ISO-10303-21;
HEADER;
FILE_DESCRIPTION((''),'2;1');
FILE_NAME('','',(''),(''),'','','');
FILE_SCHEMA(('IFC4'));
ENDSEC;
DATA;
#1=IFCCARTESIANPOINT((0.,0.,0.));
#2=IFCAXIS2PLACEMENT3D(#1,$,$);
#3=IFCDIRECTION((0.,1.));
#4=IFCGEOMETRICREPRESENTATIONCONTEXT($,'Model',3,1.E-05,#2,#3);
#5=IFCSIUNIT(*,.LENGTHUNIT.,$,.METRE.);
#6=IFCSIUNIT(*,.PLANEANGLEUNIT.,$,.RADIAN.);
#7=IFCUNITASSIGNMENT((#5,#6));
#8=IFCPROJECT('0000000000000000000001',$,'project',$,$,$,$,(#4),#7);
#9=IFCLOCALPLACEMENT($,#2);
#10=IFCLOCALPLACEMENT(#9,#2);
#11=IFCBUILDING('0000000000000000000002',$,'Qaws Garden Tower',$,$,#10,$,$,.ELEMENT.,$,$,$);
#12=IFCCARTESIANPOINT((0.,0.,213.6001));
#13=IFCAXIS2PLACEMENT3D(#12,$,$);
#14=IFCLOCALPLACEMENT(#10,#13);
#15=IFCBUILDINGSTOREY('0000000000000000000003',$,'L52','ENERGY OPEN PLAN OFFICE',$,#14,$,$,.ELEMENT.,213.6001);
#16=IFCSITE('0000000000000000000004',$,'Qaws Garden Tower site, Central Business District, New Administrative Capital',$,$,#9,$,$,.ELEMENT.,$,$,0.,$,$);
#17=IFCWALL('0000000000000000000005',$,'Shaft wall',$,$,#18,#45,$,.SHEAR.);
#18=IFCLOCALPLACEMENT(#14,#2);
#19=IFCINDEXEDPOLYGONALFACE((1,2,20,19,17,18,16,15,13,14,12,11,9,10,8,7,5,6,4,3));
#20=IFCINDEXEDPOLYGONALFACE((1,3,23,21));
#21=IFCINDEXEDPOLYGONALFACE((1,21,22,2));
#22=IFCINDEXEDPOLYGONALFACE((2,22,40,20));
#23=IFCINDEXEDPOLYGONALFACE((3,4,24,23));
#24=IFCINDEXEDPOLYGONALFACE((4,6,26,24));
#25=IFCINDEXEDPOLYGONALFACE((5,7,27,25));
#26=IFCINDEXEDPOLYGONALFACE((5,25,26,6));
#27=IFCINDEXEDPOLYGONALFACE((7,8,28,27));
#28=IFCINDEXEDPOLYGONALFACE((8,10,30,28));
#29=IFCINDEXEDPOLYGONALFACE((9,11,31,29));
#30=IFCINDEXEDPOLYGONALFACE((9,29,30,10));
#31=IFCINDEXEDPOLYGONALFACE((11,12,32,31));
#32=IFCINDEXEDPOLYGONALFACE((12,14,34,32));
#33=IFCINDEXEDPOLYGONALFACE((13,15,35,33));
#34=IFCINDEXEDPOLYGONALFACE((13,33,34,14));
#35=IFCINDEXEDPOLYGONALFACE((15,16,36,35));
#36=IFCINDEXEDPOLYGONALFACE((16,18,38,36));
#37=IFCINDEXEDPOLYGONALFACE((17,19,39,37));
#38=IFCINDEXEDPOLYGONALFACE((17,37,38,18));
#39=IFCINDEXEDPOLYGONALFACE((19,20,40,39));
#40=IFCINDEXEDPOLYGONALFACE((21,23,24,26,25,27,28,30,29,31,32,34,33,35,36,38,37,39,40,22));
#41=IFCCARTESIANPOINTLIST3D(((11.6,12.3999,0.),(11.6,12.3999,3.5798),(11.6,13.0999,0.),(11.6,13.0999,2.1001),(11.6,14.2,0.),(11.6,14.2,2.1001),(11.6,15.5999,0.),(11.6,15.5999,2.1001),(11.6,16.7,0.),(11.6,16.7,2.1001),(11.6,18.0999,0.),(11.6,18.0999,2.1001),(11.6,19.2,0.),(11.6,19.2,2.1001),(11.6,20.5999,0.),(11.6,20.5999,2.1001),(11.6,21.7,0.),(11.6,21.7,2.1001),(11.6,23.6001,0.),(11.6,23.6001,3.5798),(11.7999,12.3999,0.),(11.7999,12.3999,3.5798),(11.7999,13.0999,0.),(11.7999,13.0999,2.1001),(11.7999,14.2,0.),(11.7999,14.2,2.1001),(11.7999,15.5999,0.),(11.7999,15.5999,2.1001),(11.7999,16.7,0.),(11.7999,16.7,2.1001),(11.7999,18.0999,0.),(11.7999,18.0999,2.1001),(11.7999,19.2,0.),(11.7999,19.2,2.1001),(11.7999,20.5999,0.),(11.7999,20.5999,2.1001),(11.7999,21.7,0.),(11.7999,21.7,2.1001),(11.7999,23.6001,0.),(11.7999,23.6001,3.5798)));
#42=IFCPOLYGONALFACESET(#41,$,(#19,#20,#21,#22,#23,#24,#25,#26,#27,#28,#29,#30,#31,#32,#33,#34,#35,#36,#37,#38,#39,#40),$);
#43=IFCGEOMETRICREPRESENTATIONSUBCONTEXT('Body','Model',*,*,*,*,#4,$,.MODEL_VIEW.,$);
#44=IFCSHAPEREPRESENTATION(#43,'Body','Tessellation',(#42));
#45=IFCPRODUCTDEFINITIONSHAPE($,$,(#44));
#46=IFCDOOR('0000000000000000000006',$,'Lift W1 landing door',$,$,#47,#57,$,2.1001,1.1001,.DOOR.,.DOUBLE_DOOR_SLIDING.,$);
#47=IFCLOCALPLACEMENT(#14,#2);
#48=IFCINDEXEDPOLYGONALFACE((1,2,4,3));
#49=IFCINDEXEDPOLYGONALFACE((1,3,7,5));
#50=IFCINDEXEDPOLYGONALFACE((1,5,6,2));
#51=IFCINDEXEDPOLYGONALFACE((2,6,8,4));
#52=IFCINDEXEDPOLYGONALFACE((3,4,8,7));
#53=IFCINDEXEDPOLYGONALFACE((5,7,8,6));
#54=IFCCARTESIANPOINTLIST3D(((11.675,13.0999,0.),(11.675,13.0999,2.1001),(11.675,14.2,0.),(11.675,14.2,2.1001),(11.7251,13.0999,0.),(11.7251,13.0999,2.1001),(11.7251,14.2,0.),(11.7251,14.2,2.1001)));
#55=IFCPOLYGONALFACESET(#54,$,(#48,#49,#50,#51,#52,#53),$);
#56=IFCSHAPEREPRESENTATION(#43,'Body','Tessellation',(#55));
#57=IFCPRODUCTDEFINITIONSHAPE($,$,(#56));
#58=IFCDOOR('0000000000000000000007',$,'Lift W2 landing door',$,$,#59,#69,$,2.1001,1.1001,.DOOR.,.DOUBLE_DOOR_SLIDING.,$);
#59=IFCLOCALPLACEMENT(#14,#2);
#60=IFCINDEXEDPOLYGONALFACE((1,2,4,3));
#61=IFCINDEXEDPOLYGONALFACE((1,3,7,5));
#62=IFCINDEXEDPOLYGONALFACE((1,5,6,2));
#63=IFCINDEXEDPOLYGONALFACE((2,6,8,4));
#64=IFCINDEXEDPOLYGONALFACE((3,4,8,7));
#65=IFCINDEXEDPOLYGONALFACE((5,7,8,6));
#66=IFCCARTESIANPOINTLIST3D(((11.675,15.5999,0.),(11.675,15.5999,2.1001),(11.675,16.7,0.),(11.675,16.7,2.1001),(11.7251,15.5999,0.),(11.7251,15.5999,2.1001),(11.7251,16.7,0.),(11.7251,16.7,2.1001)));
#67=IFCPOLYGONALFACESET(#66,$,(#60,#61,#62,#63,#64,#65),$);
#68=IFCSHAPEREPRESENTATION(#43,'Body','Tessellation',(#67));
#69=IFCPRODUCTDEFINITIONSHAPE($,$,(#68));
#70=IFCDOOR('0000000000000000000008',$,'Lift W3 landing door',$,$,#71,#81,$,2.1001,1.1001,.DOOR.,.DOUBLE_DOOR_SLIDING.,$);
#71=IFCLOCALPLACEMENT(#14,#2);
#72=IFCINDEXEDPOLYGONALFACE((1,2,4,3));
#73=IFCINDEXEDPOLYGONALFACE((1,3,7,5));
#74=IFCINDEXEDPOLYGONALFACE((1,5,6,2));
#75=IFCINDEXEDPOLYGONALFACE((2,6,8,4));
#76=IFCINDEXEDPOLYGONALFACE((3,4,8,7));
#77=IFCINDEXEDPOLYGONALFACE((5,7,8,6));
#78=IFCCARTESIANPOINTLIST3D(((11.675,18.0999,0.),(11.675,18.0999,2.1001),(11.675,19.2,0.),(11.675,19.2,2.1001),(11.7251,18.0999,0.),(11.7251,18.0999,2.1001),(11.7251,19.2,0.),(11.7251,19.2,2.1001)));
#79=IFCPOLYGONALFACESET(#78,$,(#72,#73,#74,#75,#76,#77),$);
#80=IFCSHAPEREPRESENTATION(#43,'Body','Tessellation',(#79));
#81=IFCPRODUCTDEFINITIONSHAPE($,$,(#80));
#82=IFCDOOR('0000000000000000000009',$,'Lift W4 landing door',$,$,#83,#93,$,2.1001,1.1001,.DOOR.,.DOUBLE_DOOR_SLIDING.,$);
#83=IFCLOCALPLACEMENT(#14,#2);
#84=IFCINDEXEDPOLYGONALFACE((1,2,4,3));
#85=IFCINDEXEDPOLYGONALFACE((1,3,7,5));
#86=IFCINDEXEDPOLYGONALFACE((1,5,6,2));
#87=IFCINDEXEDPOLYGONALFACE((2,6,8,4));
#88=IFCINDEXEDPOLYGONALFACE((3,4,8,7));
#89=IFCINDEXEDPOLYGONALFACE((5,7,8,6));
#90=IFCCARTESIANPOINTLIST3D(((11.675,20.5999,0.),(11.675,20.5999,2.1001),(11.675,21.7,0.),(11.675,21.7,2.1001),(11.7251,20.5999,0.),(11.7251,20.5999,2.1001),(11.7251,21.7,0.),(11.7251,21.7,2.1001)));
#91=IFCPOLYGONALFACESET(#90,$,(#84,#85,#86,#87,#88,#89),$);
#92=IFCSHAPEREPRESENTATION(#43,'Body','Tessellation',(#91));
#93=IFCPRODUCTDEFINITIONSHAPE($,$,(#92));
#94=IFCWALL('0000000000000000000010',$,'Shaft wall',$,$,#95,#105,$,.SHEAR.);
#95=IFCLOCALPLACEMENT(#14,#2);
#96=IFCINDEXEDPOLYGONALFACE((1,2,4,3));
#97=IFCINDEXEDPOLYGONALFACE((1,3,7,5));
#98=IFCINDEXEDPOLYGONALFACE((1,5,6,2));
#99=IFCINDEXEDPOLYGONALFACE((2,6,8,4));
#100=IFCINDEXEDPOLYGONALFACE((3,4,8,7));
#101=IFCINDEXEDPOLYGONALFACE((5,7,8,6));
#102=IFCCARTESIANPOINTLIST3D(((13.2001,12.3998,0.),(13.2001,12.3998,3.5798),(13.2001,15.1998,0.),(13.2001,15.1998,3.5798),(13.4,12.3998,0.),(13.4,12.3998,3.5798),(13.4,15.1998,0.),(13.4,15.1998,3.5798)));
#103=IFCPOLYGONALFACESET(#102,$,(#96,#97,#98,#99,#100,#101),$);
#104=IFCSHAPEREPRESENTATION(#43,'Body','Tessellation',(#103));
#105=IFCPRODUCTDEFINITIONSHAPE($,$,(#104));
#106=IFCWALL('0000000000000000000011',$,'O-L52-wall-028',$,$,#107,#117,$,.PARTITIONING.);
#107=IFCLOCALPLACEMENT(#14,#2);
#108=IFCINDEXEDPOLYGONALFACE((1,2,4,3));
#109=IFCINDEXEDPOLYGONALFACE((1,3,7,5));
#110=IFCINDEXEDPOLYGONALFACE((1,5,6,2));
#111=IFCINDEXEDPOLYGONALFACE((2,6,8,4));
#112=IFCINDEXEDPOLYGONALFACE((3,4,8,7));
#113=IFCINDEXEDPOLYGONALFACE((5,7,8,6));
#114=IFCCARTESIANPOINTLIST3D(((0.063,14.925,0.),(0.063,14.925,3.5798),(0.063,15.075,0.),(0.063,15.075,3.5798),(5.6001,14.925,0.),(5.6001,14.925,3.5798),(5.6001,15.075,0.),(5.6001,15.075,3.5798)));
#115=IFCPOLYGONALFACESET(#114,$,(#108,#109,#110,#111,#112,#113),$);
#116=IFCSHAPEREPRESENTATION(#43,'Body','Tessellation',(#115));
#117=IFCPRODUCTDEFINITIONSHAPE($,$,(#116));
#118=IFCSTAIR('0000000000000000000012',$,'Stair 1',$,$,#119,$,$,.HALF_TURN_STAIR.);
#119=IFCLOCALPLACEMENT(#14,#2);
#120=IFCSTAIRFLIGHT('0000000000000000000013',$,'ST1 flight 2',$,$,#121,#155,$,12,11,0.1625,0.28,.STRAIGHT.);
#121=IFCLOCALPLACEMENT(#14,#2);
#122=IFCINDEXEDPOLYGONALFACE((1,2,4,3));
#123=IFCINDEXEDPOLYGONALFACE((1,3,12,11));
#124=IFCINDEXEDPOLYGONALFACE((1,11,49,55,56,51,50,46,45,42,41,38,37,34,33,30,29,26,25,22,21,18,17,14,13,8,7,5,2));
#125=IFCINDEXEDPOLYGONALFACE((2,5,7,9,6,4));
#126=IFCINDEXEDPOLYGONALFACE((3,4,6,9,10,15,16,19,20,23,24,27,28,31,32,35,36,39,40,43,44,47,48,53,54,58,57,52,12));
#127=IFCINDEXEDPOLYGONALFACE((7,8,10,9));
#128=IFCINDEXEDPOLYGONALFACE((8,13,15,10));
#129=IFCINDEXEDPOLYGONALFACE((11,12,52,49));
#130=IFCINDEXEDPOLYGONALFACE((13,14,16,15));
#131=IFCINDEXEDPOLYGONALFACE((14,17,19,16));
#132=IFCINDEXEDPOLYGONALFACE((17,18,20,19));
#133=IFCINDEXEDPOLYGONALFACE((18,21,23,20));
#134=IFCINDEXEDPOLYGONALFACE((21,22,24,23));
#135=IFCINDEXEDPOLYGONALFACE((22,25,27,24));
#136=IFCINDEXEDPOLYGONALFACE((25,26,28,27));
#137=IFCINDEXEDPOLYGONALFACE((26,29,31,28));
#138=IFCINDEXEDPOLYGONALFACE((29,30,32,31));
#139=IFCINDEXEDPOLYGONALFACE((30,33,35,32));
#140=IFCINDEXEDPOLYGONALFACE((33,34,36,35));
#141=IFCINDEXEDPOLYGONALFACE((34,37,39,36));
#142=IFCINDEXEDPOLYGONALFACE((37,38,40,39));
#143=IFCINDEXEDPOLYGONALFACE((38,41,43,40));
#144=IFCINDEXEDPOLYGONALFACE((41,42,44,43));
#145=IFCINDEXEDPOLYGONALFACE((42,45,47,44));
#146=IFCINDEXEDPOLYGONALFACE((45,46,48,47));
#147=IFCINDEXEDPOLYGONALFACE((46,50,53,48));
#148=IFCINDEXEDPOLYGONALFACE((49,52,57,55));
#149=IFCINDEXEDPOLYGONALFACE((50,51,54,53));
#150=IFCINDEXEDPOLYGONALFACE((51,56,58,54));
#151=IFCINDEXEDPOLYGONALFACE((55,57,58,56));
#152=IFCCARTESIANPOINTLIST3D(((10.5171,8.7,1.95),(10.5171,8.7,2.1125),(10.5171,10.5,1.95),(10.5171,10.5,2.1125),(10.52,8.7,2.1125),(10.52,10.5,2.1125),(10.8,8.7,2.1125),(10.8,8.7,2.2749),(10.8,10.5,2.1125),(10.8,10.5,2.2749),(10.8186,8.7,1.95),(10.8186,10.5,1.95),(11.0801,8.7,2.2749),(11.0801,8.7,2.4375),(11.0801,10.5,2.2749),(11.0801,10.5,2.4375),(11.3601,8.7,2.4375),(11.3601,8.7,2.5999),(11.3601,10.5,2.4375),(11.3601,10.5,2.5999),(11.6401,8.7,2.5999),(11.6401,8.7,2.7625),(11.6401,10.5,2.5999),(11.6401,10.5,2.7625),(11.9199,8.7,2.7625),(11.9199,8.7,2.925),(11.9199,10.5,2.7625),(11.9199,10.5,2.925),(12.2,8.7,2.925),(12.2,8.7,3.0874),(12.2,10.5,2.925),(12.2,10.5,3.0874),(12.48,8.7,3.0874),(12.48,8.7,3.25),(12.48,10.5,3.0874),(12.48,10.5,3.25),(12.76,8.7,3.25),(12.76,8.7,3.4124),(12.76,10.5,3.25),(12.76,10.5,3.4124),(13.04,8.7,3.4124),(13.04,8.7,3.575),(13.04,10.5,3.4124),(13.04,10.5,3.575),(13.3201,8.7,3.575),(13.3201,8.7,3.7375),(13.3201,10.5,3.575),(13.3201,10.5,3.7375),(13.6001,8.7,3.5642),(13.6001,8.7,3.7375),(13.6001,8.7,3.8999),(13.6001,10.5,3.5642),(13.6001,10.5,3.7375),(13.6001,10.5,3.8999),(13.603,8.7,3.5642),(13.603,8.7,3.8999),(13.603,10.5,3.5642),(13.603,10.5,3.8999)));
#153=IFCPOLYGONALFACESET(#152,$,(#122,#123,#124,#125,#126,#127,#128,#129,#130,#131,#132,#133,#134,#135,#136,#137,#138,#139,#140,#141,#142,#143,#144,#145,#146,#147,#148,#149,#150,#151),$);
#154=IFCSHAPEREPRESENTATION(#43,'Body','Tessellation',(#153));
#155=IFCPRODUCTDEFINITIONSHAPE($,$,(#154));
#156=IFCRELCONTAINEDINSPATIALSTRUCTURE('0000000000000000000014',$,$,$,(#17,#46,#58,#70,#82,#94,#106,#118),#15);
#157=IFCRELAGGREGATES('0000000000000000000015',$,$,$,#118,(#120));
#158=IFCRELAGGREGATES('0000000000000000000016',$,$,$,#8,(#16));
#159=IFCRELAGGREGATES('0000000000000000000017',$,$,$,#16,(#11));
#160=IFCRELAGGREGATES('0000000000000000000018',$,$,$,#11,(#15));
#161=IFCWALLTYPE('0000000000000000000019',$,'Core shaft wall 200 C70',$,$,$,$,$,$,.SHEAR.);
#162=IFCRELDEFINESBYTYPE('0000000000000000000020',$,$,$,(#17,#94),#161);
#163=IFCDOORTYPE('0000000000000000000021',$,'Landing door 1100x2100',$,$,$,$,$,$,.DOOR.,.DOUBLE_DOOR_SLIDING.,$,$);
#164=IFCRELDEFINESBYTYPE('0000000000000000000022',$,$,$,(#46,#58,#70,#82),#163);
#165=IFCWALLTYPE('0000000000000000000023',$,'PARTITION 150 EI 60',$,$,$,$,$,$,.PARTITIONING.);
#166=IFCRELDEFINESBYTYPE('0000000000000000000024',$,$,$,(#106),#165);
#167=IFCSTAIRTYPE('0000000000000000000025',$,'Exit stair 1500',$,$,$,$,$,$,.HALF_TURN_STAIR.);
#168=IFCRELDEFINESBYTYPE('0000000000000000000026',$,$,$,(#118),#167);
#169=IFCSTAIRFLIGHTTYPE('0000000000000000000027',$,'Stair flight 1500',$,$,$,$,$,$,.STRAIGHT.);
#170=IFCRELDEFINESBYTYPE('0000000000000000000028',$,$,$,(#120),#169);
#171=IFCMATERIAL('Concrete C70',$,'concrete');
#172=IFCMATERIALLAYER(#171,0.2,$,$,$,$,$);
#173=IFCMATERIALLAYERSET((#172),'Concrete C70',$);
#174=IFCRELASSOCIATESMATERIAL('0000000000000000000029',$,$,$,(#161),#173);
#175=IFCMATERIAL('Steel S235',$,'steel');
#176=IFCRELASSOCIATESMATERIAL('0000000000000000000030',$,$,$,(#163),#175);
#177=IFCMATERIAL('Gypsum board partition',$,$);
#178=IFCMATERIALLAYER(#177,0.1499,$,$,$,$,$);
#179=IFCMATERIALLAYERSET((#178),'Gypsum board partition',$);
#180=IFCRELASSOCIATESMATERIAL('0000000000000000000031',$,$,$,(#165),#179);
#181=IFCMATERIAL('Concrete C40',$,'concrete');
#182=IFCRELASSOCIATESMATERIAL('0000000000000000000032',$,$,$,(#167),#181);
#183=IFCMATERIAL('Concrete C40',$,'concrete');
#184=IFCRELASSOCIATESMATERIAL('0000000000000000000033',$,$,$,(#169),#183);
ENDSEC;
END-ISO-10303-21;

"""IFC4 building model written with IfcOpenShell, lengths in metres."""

from ifc_helpers import new_model, si_unit, direction, frame, frame_2d, origin, place, context, subcontext, project, spatial, polyline, rectangle, outline, extrude, material, layer, layer_set, type_object, element, fill, aggregate, save


model = new_model("IFC4")

# Units and contexts
model_context = context("Model", 3, precision=1e-05, world=origin(), true_north=direction((0.0, 1.0)))
body_context = subcontext(model_context, "Body", "Model", "MODEL_VIEW")
ifc_project = project(units=[si_unit("LENGTHUNIT", "METRE"), si_unit("PLANEANGLEUNIT", "RADIAN")], contexts=[model_context])

# Site, building, storey
site_placement = place(None, origin())
site = spatial("IfcSite", under=ifc_project, at=site_placement, Name="Qaws Garden Tower site, Central Business District, New Administrative Capital", CompositionType="ELEMENT", RefElevation=0.0)
building_placement = place(site_placement, origin())
building = spatial("IfcBuilding", under=site, at=building_placement, Name="Qaws Garden Tower", CompositionType="ELEMENT")
storey_placement = place(building_placement, frame((0.0, 0.0, 213.6001)))
storey = spatial("IfcBuildingStorey", under=building, at=storey_placement, Name="L52", Description="ENERGY OPEN PLAN OFFICE", CompositionType="ELEMENT", Elevation=213.6001)

# Shared definitions
ifc_material_1 = material(Name="Concrete C70", Category="concrete")
ifc_layer_1 = layer(ifc_material_1, 0.2)
ifc_layer_set_1 = layer_set([ifc_layer_1], Name="Concrete C70")
wall_type_1 = type_object("IfcWallType", Name="Core shaft wall 200 C70", PredefinedType="SHEAR", material=ifc_layer_set_1)

# Wall, openings, doors
wall_1_placement = place(storey_placement, frame((11.7, 12.3999, 0.0), z_axis=(0.0, 0.0, 1.0), x_axis=(0.0, 1.0, 0.0)))
wall_1 = element("IfcWall", 1, at=wall_1_placement, inside=storey, type_object=wall_type_1, Name="Shaft wall", PredefinedType="SHEAR", context=body_context, shape_type="SweptSolid", body=[
    extrude(rectangle(XDim=11.2002, YDim=0.2, at=frame_2d((5.6001, 0.0))), origin(), (0.0, 0.0, 1.0), 3.5798),
])
opening_1_placement = place(wall_1_placement, frame((0.7, 0.0, 0.0)))
opening_1 = element("IfcOpeningElement", 2, at=opening_1_placement, cuts=wall_1, PredefinedType="OPENING", context=body_context, shape_type="SweptSolid", body=[
    extrude(rectangle(XDim=1.1001, YDim=2.1001, at=frame_2d((0.55, 1.05))), frame((0.0, 0.1099, 0.0), z_axis=(0.0, -1.0, 0.0), x_axis=(1.0, 0.0, 0.0)), (0.0, 0.0, 1.0), 0.22),
])
opening_2_placement = place(wall_1_placement, frame((3.2, 0.0, 0.0)))
opening_2 = element("IfcOpeningElement", 3, at=opening_2_placement, cuts=wall_1, PredefinedType="OPENING", context=body_context, shape_type="SweptSolid", body=[
    extrude(rectangle(XDim=1.1001, YDim=2.1001, at=frame_2d((0.55, 1.05))), frame((0.0, 0.1099, 0.0), z_axis=(0.0, -1.0, 0.0), x_axis=(1.0, 0.0, 0.0)), (0.0, 0.0, 1.0), 0.22),
])
opening_3_placement = place(wall_1_placement, frame((5.7, 0.0, 0.0)))
opening_3 = element("IfcOpeningElement", 4, at=opening_3_placement, cuts=wall_1, PredefinedType="OPENING", context=body_context, shape_type="SweptSolid", body=[
    extrude(rectangle(XDim=1.1001, YDim=2.1001, at=frame_2d((0.55, 1.05))), frame((0.0, 0.1099, 0.0), z_axis=(0.0, -1.0, 0.0), x_axis=(1.0, 0.0, 0.0)), (0.0, 0.0, 1.0), 0.22),
])
opening_4_placement = place(wall_1_placement, frame((8.2, 0.0, 0.0)))
opening_4 = element("IfcOpeningElement", 5, at=opening_4_placement, cuts=wall_1, PredefinedType="OPENING", context=body_context, shape_type="SweptSolid", body=[
    extrude(rectangle(XDim=1.1001, YDim=2.1001, at=frame_2d((0.55, 1.05))), frame((0.0, 0.1099, 0.0), z_axis=(0.0, -1.0, 0.0), x_axis=(1.0, 0.0, 0.0)), (0.0, 0.0, 1.0), 0.22),
])
ifc_material_2 = material(Name="Steel S235", Category="steel")
door_type = type_object("IfcDoorType", Name="Landing door 1100x2100", OperationType="DOUBLE_DOOR_SLIDING", PredefinedType="DOOR", material=ifc_material_2)
door_1_placement = place(opening_1_placement, origin())
door_1 = element("IfcDoor", 6, at=door_1_placement, inside=storey, type_object=door_type, Name="Lift W1 landing door", OperationType="DOUBLE_DOOR_SLIDING", OverallHeight=2.1001, OverallWidth=1.1001, PredefinedType="DOOR", context=body_context, shape_type="SweptSolid", body=[
    extrude(rectangle(XDim=1.1001, YDim=2.1001, at=frame_2d((0.55, 1.05))), frame((0.0, 0.0249, 0.0), z_axis=(0.0, -1.0, 0.0), x_axis=(1.0, 0.0, 0.0)), (0.0, 0.0, 1.0), 0.05),
])
fill(opening_1, door_1)
door_2_placement = place(opening_2_placement, origin())
door_2 = element("IfcDoor", 7, at=door_2_placement, inside=storey, type_object=door_type, Name="Lift W2 landing door", OperationType="DOUBLE_DOOR_SLIDING", OverallHeight=2.1001, OverallWidth=1.1001, PredefinedType="DOOR", context=body_context, shape_type="SweptSolid", body=[
    extrude(rectangle(XDim=1.1001, YDim=2.1001, at=frame_2d((0.55, 1.05))), frame((0.0, 0.0249, 0.0), z_axis=(0.0, -1.0, 0.0), x_axis=(1.0, 0.0, 0.0)), (0.0, 0.0, 1.0), 0.05),
])
fill(opening_2, door_2)
door_3_placement = place(opening_3_placement, origin())
door_3 = element("IfcDoor", 8, at=door_3_placement, inside=storey, type_object=door_type, Name="Lift W3 landing door", OperationType="DOUBLE_DOOR_SLIDING", OverallHeight=2.1001, OverallWidth=1.1001, PredefinedType="DOOR", context=body_context, shape_type="SweptSolid", body=[
    extrude(rectangle(XDim=1.1001, YDim=2.1001, at=frame_2d((0.55, 1.05))), frame((0.0, 0.0249, 0.0), z_axis=(0.0, -1.0, 0.0), x_axis=(1.0, 0.0, 0.0)), (0.0, 0.0, 1.0), 0.05),
])
fill(opening_3, door_3)
door_4_placement = place(opening_4_placement, origin())
door_4 = element("IfcDoor", 9, at=door_4_placement, inside=storey, type_object=door_type, Name="Lift W4 landing door", OperationType="DOUBLE_DOOR_SLIDING", OverallHeight=2.1001, OverallWidth=1.1001, PredefinedType="DOOR", context=body_context, shape_type="SweptSolid", body=[
    extrude(rectangle(XDim=1.1001, YDim=2.1001, at=frame_2d((0.55, 1.05))), frame((0.0, 0.0249, 0.0), z_axis=(0.0, -1.0, 0.0), x_axis=(1.0, 0.0, 0.0)), (0.0, 0.0, 1.0), 0.05),
])
fill(opening_4, door_4)

# Walls
wall_2_placement = place(storey_placement, frame((13.3, 12.3999, 0.0), z_axis=(0.0, 0.0, 1.0), x_axis=(0.0, 1.0, 0.0)))
element("IfcWall", 10, at=wall_2_placement, inside=storey, type_object=wall_type_1, Name="Shaft wall", PredefinedType="SHEAR", context=body_context, shape_type="SweptSolid", body=[
    extrude(rectangle(XDim=2.8, YDim=0.2, at=frame_2d((1.3999, 0.0))), origin(), (0.0, 0.0, 1.0), 3.5798),
])
ifc_material_3 = material(Name="Gypsum board partition")
ifc_layer_2 = layer(ifc_material_3, 0.1499)
ifc_layer_set_2 = layer_set([ifc_layer_2], Name="Gypsum board partition")
wall_type_2 = type_object("IfcWallType", Name="PARTITION 150 EI 60", PredefinedType="PARTITIONING", material=ifc_layer_set_2)
wall_3_placement = place(storey_placement, frame((0.063, 15.0, 0.0), z_axis=(0.0, 0.0, 1.0), x_axis=(1.0, 0.0, 0.0)))
element("IfcWall", 11, at=wall_3_placement, inside=storey, type_object=wall_type_2, Name="O-L52-wall-028", PredefinedType="PARTITIONING", context=body_context, shape_type="SweptSolid", body=[
    extrude(rectangle(XDim=5.5371, YDim=0.1499, at=frame_2d((2.7686, 0.0))), origin(), (0.0, 0.0, 1.0), 3.5798),
])

# Stair, stair flight
ifc_material_4 = material(Name="Concrete C40", Category="concrete")
stair_type = type_object("IfcStairType", Name="Exit stair 1500", PredefinedType="HALF_TURN_STAIR", material=ifc_material_4)
stair_placement = place(storey_placement, origin())
stair = element("IfcStair", 12, at=stair_placement, inside=storey, type_object=stair_type, Name="Stair 1", PredefinedType="HALF_TURN_STAIR")
ifc_material_5 = material(Name="Concrete C40", Category="concrete")
stair_flight_type = type_object("IfcStairFlightType", Name="Stair flight 1500", PredefinedType="STRAIGHT", material=ifc_material_5)
stair_flight_placement = place(storey_placement, frame((10.52, 9.6001, 1.95), z_axis=(0.0, 0.0, 1.0), x_axis=(1.0, 0.0, 0.0)))
stair_flight = element("IfcStairFlight", 13, at=stair_flight_placement, type_object=stair_flight_type, Name="ST1 flight 2", NumberOfRisers=12, NumberOfTreads=11, PredefinedType="STRAIGHT", RiserHeight=0.1625, TreadLength=0.28, context=body_context, shape_type="SweptSolid", body=[
    extrude(outline(polyline([(-0.0029, 0.0), (-0.0029, 0.1626), (0.0, 0.1626), (0.28, 0.1626), (0.28, 0.325), (0.5601, 0.325), (0.5601, 0.4875), (0.8401, 0.4875), (0.8401, 0.6499), (1.1201, 0.6499), (1.1201, 0.8125), (1.3999, 0.8125), (1.3999, 0.9751), (1.6799, 0.9751), (1.6799, 1.1375), (1.96, 1.1375), (1.96, 1.3), (2.24, 1.3), (2.24, 1.4624), (2.52, 1.4624), (2.52, 1.625), (2.8, 1.625), (2.8, 1.7876), (3.0801, 1.7876), (3.0801, 1.95), (3.083, 1.95), (3.083, 1.6143), (3.0801, 1.6143), (0.2986, 0.0), (-0.0029, 0.0)])), frame((0.0, 0.8999, 0.0), z_axis=(0.0, -1.0, 0.0), x_axis=(1.0, 0.0, 0.0)), (0.0, 0.0, 1.0), 1.8),
])
aggregate(stair, [stair_flight])

save(model, "model.ifc")
